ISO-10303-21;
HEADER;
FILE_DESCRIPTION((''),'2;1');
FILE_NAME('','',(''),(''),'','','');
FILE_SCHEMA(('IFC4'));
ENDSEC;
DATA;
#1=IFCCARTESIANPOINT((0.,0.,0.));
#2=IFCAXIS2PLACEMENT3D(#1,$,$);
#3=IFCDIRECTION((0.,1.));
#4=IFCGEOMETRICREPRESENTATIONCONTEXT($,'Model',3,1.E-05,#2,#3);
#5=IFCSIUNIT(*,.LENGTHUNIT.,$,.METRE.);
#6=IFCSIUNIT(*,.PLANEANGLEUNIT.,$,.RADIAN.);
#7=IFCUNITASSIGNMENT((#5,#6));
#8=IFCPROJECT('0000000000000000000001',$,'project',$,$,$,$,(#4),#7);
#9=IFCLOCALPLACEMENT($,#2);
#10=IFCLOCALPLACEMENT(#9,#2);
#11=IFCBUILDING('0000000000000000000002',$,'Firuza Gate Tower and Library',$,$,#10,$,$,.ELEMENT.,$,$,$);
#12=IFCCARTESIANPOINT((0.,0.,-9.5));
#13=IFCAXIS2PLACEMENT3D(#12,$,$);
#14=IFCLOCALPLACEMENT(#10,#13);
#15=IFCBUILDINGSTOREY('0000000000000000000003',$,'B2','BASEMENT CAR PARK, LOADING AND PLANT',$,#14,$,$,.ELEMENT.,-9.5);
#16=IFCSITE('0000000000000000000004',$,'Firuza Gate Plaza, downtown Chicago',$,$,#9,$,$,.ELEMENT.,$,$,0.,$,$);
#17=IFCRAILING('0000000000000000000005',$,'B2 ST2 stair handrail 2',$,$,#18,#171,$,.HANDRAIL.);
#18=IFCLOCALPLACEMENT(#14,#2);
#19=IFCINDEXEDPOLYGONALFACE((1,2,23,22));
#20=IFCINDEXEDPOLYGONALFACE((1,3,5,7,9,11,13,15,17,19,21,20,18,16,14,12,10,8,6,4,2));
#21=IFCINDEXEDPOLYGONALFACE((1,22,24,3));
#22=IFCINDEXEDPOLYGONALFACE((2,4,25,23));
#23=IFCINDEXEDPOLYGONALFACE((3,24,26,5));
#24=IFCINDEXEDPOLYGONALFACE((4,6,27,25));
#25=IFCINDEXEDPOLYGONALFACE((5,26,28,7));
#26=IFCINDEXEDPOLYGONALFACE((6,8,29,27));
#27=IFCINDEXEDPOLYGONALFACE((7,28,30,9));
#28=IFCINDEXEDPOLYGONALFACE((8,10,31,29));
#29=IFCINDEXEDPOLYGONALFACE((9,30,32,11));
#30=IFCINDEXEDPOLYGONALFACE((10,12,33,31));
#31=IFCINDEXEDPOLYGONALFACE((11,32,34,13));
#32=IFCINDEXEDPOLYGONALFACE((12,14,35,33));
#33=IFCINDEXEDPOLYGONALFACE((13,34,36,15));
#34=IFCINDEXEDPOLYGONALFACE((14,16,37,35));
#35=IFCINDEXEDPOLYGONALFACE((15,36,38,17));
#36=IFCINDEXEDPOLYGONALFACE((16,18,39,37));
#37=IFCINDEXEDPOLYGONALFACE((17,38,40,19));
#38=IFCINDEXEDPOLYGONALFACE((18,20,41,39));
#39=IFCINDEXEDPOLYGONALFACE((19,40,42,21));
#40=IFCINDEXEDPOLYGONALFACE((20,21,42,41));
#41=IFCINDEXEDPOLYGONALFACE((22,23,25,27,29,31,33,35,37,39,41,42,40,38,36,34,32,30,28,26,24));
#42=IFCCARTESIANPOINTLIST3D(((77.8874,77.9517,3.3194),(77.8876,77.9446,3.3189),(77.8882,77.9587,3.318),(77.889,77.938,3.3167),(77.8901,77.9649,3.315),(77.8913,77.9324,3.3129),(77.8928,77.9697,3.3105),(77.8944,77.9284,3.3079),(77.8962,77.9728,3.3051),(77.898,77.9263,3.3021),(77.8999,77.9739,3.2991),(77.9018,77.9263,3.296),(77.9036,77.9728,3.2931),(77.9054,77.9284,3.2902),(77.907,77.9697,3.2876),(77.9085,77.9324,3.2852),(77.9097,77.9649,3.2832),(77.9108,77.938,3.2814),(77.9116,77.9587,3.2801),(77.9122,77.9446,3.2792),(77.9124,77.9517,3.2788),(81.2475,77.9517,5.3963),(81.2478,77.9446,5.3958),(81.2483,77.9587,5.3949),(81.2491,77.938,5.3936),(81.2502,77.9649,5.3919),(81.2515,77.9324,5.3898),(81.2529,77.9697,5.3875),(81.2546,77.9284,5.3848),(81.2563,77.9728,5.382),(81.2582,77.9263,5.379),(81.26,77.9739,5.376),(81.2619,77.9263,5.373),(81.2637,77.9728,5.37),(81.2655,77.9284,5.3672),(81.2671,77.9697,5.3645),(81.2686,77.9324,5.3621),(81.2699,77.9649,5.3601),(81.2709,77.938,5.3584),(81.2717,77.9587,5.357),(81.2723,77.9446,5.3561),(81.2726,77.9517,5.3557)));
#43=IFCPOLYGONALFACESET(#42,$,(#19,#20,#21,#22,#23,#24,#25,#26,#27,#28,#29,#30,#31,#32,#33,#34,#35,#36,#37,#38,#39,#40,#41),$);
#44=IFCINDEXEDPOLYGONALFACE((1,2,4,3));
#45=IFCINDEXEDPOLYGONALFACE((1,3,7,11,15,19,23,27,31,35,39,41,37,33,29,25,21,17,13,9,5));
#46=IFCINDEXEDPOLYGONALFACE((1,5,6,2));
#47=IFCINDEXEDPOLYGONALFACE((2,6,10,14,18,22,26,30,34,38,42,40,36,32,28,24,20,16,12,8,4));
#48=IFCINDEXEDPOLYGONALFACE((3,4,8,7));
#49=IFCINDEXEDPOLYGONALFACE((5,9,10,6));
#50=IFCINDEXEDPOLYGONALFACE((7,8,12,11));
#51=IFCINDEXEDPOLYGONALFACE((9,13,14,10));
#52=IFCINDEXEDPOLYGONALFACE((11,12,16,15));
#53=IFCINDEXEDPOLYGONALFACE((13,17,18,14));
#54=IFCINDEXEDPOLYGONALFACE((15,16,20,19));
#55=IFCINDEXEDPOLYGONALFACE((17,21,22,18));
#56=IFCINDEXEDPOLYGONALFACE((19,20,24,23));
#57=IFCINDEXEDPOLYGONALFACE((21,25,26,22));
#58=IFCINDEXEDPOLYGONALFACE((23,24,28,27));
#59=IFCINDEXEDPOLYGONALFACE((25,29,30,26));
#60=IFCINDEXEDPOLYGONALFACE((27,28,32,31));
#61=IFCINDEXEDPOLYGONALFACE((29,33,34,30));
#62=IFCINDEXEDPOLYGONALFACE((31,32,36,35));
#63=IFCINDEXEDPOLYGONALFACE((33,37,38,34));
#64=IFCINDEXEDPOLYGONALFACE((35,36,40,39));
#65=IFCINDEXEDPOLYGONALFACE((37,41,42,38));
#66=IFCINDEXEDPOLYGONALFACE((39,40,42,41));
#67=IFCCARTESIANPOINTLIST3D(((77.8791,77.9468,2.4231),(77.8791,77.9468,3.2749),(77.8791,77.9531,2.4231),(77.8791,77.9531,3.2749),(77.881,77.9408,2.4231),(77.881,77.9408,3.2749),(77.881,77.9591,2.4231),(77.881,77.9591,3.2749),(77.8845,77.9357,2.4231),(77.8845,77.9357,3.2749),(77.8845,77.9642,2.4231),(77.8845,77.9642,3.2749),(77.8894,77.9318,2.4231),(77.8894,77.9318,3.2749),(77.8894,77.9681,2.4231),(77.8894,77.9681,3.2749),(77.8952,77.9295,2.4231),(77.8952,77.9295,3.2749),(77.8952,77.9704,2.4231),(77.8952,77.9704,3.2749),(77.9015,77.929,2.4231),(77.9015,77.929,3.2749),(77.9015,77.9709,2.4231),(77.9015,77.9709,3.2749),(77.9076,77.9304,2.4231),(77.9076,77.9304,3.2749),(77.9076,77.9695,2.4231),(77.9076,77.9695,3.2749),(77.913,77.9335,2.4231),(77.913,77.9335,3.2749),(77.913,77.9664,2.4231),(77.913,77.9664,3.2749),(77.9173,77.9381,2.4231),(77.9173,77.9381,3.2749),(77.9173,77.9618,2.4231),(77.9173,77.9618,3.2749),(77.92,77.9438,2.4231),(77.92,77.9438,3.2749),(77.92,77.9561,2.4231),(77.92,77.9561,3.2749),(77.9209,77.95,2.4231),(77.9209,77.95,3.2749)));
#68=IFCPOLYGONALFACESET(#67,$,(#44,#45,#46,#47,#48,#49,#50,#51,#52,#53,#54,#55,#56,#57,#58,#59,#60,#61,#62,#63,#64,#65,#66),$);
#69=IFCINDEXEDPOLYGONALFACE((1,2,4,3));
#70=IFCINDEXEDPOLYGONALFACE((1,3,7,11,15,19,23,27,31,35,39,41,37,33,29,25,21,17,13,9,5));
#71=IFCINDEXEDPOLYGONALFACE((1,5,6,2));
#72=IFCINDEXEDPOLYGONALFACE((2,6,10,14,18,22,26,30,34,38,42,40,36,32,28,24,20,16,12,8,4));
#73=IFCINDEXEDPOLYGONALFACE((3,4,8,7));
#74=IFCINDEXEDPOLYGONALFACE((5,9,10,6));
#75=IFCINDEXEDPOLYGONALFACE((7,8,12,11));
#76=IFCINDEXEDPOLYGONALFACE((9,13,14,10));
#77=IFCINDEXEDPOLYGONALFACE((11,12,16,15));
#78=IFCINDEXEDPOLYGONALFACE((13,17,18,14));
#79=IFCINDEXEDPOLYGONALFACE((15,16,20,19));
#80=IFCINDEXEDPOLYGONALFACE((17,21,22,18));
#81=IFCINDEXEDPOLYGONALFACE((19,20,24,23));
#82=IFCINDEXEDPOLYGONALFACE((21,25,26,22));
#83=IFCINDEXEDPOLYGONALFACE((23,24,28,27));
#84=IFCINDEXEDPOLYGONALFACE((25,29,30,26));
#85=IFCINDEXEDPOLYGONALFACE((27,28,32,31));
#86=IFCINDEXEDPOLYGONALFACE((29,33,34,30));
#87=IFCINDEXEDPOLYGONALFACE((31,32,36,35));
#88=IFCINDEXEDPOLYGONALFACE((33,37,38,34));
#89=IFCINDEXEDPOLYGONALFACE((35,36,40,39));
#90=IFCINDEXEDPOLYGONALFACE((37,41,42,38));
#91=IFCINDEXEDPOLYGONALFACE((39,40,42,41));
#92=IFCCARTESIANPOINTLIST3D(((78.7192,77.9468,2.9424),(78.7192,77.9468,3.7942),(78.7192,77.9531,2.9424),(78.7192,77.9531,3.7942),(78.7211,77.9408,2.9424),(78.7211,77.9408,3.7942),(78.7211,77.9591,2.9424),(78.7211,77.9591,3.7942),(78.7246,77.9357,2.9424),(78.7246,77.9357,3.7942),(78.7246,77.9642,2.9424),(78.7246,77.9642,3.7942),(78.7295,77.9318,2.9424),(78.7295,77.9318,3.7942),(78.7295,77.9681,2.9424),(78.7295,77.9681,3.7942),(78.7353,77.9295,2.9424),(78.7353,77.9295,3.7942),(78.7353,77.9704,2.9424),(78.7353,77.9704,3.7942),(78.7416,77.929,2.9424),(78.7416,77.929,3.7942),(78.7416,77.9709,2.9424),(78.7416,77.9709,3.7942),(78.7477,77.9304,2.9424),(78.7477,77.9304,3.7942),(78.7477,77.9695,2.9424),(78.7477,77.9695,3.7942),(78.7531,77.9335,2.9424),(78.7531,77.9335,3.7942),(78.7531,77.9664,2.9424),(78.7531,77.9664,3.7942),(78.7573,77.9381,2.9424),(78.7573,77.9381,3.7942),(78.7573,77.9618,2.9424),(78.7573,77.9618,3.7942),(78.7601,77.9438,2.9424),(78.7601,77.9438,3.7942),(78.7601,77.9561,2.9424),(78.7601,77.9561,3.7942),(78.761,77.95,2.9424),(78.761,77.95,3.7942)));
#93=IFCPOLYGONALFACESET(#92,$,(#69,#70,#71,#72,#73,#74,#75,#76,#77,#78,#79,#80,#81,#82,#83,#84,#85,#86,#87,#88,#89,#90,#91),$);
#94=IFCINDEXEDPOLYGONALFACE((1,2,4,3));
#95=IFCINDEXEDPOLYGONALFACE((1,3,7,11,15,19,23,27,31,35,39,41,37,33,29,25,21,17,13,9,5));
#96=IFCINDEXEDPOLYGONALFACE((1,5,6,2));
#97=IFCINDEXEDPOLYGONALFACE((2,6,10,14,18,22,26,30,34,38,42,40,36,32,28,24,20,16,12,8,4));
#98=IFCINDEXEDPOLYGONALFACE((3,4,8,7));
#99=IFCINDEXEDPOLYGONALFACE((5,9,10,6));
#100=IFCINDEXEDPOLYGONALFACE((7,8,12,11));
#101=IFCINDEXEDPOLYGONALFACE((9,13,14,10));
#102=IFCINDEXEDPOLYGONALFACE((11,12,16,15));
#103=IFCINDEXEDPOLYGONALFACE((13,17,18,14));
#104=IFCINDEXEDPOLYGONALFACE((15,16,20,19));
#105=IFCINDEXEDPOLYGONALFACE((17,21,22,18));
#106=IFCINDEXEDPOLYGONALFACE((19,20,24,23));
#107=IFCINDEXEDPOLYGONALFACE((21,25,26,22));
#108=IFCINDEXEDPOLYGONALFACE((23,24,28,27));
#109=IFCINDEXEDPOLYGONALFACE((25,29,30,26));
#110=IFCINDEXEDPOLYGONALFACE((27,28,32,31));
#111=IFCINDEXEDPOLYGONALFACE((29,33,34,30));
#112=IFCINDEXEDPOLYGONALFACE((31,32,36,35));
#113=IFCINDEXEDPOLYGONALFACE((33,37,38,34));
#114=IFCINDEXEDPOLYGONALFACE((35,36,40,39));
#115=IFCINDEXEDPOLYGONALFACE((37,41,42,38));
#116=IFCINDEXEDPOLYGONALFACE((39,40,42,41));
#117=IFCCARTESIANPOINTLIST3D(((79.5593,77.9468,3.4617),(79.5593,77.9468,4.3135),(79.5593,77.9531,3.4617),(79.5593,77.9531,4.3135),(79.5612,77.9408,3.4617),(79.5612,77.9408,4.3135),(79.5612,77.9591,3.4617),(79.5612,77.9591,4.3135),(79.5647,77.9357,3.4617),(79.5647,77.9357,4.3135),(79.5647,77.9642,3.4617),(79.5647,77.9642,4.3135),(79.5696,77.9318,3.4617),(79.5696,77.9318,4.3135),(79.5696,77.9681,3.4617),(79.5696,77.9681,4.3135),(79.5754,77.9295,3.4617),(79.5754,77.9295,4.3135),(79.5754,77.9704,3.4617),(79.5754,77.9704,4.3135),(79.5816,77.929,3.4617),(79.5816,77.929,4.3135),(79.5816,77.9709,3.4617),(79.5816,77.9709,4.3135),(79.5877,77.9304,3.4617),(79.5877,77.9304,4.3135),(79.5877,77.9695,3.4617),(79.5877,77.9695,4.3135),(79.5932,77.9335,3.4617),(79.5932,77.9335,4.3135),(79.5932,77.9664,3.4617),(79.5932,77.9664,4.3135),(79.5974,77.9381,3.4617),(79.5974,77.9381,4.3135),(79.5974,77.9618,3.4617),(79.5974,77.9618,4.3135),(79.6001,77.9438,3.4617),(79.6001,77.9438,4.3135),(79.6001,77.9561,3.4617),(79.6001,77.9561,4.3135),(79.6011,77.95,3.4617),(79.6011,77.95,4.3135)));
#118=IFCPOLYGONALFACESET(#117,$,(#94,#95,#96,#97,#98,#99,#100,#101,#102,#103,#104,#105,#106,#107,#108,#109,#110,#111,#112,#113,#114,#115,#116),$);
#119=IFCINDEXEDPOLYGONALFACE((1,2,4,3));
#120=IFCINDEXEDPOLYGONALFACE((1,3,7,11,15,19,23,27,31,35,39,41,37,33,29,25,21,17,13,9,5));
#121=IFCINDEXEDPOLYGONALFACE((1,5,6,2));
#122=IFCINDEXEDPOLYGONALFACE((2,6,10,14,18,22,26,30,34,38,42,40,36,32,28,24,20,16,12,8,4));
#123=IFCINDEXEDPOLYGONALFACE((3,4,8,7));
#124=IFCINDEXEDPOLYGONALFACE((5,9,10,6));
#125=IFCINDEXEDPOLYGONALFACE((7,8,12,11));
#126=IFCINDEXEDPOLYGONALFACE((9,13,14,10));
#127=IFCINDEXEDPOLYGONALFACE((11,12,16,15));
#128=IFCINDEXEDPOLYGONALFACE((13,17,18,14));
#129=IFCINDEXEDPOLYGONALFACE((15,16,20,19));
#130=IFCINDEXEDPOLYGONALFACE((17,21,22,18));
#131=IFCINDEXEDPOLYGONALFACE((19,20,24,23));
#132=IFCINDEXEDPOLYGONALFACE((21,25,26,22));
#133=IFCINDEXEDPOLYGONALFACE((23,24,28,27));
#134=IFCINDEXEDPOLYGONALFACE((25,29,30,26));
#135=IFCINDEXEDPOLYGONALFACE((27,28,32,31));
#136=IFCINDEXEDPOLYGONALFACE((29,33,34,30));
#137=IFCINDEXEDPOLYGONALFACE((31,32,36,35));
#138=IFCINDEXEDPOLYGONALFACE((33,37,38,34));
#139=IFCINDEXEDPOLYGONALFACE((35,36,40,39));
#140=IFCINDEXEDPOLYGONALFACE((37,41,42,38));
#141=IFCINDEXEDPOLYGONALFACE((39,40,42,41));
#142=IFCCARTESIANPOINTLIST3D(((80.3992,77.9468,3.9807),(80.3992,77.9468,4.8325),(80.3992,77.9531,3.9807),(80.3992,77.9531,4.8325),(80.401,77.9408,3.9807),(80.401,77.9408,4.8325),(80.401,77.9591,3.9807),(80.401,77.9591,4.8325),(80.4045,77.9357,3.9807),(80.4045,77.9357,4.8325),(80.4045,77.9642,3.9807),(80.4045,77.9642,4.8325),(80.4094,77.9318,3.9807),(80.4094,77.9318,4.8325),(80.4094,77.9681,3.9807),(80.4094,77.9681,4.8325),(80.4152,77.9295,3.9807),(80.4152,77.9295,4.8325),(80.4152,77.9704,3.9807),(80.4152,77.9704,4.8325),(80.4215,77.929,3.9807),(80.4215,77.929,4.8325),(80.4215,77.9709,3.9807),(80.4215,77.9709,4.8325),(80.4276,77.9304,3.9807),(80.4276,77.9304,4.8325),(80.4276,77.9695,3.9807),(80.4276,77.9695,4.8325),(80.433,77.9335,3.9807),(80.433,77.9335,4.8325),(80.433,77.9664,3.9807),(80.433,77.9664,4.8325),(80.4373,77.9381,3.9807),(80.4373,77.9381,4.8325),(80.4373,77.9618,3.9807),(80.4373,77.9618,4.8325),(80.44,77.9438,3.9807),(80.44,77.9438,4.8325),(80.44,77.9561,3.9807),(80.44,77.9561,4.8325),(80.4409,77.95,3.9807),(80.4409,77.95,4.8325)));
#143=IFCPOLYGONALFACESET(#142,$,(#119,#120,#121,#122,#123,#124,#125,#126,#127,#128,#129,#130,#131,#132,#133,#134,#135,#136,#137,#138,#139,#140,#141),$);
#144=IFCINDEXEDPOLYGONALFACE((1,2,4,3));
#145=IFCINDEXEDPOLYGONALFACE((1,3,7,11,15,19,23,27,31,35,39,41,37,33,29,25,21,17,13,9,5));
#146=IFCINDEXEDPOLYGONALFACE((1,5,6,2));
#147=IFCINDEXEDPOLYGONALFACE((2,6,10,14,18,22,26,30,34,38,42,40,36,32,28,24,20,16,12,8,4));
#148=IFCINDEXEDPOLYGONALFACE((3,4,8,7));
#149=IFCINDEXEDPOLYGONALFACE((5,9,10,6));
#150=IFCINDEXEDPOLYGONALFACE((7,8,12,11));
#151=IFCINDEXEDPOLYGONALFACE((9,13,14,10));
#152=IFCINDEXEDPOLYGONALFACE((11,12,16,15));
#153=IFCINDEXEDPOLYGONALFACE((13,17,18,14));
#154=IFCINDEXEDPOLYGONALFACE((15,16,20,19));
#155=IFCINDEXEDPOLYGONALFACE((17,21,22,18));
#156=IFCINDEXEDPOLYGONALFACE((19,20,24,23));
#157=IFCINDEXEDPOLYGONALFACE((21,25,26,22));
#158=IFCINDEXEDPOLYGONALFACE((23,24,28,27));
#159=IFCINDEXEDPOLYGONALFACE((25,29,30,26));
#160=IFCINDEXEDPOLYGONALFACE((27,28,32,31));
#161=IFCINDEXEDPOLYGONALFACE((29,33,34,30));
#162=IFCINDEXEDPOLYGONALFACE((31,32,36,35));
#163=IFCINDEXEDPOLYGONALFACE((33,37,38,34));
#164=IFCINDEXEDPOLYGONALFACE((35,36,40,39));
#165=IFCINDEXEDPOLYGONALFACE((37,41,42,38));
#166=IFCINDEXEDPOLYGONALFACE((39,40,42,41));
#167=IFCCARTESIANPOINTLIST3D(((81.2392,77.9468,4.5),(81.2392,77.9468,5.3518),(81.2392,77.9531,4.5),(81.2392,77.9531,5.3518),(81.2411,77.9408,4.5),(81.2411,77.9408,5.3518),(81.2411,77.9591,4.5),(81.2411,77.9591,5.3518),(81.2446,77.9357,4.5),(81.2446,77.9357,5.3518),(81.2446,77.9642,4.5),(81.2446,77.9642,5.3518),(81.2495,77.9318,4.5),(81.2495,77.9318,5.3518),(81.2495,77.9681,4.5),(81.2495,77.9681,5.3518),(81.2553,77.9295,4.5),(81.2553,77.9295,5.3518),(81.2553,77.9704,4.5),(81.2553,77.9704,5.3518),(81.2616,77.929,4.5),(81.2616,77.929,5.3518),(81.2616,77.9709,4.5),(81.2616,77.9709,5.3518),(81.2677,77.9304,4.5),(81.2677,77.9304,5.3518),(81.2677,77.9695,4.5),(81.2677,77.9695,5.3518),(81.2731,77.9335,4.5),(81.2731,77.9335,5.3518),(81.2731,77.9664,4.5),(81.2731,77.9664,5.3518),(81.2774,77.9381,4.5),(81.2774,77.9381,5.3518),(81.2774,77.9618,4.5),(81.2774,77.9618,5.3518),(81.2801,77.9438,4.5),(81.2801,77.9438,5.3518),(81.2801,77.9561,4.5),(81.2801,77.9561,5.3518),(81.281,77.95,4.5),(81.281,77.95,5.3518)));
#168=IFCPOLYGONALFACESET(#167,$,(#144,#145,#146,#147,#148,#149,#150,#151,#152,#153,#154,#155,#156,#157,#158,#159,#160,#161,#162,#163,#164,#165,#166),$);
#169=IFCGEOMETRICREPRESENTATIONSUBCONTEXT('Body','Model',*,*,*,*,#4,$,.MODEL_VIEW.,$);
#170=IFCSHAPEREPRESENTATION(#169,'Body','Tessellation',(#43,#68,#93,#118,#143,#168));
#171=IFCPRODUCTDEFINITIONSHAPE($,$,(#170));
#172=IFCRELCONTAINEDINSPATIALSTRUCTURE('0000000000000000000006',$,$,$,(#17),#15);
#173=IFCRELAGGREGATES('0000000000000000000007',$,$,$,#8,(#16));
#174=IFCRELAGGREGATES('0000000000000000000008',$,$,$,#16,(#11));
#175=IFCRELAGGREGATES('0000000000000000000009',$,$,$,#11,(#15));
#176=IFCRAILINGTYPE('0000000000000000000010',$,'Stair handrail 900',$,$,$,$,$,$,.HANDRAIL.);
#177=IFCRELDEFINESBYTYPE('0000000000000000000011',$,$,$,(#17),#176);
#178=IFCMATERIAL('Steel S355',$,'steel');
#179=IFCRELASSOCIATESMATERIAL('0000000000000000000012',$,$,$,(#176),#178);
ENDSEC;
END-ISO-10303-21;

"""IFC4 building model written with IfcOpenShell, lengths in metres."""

from ifc_helpers import new_model, si_unit, direction, frame, origin, origin_2d, place, context, subcontext, project, spatial, circle, extrude, material, type_object, element, save


model = new_model("IFC4")

# Units and contexts
model_context = context("Model", 3, precision=1e-05, world=origin(), true_north=direction((0.0, 1.0)))
body_context = subcontext(model_context, "Body", "Model", "MODEL_VIEW")
ifc_project = project(units=[si_unit("LENGTHUNIT", "METRE"), si_unit("PLANEANGLEUNIT", "RADIAN")], contexts=[model_context])

# Site, building, storey
site_placement = place(None, origin())
site = spatial("IfcSite", under=ifc_project, at=site_placement, Name="Firuza Gate Plaza, downtown Chicago", CompositionType="ELEMENT", RefElevation=0.0)
building_placement = place(site_placement, origin())
building = spatial("IfcBuilding", under=site, at=building_placement, Name="Firuza Gate Tower and Library", CompositionType="ELEMENT")
storey_placement = place(building_placement, frame((0.0, 0.0, -9.5)))
storey = spatial("IfcBuildingStorey", under=building, at=storey_placement, Name="B2", Description="BASEMENT CAR PARK, LOADING AND PLANT", CompositionType="ELEMENT", Elevation=-9.5)

# Railing
ifc_material_1 = material(Name="Steel S355", Category="steel")
railing_type_1 = type_object("IfcRailingType", Name="Stair handrail 900", PredefinedType="HANDRAIL", material=ifc_material_1)
railing_1_placement = place(storey_placement, frame((77.8999, 77.95, 2.4231)))
element("IfcRailing", 1, at=railing_1_placement, inside=storey, type_object=railing_type_1, Name="B2 ST2 stair handrail 2", PredefinedType="HANDRAIL", context=body_context, shape_type="SweptSolid", body=[
    extrude(circle(Radius=0.0239, at=origin_2d()), frame((0.0, 0.0, 0.876), z_axis=(0.850623, 0.0, 0.525776), x_axis=(0.0, 1.0, 0.0)), (0.0, 0.0, 1.0), 3.9502),
    extrude(circle(Radius=0.021, at=origin_2d()), origin(), (0.0, 0.0, 1.0), 0.8518),
    extrude(circle(Radius=0.021, at=origin_2d()), frame((0.8401, 0.0, 0.5193)), (0.0, 0.0, 1.0), 0.8518),
    extrude(circle(Radius=0.021, at=origin_2d()), frame((1.6802, 0.0, 1.0386)), (0.0, 0.0, 1.0), 0.8518),
    extrude(circle(Radius=0.021, at=origin_2d()), frame((2.52, 0.0, 1.5576)), (0.0, 0.0, 1.0), 0.8518),
    extrude(circle(Radius=0.021, at=origin_2d()), frame((3.3601, 0.0, 2.0769)), (0.0, 0.0, 1.0), 0.8518),
])

save(model, "model.ifc")
